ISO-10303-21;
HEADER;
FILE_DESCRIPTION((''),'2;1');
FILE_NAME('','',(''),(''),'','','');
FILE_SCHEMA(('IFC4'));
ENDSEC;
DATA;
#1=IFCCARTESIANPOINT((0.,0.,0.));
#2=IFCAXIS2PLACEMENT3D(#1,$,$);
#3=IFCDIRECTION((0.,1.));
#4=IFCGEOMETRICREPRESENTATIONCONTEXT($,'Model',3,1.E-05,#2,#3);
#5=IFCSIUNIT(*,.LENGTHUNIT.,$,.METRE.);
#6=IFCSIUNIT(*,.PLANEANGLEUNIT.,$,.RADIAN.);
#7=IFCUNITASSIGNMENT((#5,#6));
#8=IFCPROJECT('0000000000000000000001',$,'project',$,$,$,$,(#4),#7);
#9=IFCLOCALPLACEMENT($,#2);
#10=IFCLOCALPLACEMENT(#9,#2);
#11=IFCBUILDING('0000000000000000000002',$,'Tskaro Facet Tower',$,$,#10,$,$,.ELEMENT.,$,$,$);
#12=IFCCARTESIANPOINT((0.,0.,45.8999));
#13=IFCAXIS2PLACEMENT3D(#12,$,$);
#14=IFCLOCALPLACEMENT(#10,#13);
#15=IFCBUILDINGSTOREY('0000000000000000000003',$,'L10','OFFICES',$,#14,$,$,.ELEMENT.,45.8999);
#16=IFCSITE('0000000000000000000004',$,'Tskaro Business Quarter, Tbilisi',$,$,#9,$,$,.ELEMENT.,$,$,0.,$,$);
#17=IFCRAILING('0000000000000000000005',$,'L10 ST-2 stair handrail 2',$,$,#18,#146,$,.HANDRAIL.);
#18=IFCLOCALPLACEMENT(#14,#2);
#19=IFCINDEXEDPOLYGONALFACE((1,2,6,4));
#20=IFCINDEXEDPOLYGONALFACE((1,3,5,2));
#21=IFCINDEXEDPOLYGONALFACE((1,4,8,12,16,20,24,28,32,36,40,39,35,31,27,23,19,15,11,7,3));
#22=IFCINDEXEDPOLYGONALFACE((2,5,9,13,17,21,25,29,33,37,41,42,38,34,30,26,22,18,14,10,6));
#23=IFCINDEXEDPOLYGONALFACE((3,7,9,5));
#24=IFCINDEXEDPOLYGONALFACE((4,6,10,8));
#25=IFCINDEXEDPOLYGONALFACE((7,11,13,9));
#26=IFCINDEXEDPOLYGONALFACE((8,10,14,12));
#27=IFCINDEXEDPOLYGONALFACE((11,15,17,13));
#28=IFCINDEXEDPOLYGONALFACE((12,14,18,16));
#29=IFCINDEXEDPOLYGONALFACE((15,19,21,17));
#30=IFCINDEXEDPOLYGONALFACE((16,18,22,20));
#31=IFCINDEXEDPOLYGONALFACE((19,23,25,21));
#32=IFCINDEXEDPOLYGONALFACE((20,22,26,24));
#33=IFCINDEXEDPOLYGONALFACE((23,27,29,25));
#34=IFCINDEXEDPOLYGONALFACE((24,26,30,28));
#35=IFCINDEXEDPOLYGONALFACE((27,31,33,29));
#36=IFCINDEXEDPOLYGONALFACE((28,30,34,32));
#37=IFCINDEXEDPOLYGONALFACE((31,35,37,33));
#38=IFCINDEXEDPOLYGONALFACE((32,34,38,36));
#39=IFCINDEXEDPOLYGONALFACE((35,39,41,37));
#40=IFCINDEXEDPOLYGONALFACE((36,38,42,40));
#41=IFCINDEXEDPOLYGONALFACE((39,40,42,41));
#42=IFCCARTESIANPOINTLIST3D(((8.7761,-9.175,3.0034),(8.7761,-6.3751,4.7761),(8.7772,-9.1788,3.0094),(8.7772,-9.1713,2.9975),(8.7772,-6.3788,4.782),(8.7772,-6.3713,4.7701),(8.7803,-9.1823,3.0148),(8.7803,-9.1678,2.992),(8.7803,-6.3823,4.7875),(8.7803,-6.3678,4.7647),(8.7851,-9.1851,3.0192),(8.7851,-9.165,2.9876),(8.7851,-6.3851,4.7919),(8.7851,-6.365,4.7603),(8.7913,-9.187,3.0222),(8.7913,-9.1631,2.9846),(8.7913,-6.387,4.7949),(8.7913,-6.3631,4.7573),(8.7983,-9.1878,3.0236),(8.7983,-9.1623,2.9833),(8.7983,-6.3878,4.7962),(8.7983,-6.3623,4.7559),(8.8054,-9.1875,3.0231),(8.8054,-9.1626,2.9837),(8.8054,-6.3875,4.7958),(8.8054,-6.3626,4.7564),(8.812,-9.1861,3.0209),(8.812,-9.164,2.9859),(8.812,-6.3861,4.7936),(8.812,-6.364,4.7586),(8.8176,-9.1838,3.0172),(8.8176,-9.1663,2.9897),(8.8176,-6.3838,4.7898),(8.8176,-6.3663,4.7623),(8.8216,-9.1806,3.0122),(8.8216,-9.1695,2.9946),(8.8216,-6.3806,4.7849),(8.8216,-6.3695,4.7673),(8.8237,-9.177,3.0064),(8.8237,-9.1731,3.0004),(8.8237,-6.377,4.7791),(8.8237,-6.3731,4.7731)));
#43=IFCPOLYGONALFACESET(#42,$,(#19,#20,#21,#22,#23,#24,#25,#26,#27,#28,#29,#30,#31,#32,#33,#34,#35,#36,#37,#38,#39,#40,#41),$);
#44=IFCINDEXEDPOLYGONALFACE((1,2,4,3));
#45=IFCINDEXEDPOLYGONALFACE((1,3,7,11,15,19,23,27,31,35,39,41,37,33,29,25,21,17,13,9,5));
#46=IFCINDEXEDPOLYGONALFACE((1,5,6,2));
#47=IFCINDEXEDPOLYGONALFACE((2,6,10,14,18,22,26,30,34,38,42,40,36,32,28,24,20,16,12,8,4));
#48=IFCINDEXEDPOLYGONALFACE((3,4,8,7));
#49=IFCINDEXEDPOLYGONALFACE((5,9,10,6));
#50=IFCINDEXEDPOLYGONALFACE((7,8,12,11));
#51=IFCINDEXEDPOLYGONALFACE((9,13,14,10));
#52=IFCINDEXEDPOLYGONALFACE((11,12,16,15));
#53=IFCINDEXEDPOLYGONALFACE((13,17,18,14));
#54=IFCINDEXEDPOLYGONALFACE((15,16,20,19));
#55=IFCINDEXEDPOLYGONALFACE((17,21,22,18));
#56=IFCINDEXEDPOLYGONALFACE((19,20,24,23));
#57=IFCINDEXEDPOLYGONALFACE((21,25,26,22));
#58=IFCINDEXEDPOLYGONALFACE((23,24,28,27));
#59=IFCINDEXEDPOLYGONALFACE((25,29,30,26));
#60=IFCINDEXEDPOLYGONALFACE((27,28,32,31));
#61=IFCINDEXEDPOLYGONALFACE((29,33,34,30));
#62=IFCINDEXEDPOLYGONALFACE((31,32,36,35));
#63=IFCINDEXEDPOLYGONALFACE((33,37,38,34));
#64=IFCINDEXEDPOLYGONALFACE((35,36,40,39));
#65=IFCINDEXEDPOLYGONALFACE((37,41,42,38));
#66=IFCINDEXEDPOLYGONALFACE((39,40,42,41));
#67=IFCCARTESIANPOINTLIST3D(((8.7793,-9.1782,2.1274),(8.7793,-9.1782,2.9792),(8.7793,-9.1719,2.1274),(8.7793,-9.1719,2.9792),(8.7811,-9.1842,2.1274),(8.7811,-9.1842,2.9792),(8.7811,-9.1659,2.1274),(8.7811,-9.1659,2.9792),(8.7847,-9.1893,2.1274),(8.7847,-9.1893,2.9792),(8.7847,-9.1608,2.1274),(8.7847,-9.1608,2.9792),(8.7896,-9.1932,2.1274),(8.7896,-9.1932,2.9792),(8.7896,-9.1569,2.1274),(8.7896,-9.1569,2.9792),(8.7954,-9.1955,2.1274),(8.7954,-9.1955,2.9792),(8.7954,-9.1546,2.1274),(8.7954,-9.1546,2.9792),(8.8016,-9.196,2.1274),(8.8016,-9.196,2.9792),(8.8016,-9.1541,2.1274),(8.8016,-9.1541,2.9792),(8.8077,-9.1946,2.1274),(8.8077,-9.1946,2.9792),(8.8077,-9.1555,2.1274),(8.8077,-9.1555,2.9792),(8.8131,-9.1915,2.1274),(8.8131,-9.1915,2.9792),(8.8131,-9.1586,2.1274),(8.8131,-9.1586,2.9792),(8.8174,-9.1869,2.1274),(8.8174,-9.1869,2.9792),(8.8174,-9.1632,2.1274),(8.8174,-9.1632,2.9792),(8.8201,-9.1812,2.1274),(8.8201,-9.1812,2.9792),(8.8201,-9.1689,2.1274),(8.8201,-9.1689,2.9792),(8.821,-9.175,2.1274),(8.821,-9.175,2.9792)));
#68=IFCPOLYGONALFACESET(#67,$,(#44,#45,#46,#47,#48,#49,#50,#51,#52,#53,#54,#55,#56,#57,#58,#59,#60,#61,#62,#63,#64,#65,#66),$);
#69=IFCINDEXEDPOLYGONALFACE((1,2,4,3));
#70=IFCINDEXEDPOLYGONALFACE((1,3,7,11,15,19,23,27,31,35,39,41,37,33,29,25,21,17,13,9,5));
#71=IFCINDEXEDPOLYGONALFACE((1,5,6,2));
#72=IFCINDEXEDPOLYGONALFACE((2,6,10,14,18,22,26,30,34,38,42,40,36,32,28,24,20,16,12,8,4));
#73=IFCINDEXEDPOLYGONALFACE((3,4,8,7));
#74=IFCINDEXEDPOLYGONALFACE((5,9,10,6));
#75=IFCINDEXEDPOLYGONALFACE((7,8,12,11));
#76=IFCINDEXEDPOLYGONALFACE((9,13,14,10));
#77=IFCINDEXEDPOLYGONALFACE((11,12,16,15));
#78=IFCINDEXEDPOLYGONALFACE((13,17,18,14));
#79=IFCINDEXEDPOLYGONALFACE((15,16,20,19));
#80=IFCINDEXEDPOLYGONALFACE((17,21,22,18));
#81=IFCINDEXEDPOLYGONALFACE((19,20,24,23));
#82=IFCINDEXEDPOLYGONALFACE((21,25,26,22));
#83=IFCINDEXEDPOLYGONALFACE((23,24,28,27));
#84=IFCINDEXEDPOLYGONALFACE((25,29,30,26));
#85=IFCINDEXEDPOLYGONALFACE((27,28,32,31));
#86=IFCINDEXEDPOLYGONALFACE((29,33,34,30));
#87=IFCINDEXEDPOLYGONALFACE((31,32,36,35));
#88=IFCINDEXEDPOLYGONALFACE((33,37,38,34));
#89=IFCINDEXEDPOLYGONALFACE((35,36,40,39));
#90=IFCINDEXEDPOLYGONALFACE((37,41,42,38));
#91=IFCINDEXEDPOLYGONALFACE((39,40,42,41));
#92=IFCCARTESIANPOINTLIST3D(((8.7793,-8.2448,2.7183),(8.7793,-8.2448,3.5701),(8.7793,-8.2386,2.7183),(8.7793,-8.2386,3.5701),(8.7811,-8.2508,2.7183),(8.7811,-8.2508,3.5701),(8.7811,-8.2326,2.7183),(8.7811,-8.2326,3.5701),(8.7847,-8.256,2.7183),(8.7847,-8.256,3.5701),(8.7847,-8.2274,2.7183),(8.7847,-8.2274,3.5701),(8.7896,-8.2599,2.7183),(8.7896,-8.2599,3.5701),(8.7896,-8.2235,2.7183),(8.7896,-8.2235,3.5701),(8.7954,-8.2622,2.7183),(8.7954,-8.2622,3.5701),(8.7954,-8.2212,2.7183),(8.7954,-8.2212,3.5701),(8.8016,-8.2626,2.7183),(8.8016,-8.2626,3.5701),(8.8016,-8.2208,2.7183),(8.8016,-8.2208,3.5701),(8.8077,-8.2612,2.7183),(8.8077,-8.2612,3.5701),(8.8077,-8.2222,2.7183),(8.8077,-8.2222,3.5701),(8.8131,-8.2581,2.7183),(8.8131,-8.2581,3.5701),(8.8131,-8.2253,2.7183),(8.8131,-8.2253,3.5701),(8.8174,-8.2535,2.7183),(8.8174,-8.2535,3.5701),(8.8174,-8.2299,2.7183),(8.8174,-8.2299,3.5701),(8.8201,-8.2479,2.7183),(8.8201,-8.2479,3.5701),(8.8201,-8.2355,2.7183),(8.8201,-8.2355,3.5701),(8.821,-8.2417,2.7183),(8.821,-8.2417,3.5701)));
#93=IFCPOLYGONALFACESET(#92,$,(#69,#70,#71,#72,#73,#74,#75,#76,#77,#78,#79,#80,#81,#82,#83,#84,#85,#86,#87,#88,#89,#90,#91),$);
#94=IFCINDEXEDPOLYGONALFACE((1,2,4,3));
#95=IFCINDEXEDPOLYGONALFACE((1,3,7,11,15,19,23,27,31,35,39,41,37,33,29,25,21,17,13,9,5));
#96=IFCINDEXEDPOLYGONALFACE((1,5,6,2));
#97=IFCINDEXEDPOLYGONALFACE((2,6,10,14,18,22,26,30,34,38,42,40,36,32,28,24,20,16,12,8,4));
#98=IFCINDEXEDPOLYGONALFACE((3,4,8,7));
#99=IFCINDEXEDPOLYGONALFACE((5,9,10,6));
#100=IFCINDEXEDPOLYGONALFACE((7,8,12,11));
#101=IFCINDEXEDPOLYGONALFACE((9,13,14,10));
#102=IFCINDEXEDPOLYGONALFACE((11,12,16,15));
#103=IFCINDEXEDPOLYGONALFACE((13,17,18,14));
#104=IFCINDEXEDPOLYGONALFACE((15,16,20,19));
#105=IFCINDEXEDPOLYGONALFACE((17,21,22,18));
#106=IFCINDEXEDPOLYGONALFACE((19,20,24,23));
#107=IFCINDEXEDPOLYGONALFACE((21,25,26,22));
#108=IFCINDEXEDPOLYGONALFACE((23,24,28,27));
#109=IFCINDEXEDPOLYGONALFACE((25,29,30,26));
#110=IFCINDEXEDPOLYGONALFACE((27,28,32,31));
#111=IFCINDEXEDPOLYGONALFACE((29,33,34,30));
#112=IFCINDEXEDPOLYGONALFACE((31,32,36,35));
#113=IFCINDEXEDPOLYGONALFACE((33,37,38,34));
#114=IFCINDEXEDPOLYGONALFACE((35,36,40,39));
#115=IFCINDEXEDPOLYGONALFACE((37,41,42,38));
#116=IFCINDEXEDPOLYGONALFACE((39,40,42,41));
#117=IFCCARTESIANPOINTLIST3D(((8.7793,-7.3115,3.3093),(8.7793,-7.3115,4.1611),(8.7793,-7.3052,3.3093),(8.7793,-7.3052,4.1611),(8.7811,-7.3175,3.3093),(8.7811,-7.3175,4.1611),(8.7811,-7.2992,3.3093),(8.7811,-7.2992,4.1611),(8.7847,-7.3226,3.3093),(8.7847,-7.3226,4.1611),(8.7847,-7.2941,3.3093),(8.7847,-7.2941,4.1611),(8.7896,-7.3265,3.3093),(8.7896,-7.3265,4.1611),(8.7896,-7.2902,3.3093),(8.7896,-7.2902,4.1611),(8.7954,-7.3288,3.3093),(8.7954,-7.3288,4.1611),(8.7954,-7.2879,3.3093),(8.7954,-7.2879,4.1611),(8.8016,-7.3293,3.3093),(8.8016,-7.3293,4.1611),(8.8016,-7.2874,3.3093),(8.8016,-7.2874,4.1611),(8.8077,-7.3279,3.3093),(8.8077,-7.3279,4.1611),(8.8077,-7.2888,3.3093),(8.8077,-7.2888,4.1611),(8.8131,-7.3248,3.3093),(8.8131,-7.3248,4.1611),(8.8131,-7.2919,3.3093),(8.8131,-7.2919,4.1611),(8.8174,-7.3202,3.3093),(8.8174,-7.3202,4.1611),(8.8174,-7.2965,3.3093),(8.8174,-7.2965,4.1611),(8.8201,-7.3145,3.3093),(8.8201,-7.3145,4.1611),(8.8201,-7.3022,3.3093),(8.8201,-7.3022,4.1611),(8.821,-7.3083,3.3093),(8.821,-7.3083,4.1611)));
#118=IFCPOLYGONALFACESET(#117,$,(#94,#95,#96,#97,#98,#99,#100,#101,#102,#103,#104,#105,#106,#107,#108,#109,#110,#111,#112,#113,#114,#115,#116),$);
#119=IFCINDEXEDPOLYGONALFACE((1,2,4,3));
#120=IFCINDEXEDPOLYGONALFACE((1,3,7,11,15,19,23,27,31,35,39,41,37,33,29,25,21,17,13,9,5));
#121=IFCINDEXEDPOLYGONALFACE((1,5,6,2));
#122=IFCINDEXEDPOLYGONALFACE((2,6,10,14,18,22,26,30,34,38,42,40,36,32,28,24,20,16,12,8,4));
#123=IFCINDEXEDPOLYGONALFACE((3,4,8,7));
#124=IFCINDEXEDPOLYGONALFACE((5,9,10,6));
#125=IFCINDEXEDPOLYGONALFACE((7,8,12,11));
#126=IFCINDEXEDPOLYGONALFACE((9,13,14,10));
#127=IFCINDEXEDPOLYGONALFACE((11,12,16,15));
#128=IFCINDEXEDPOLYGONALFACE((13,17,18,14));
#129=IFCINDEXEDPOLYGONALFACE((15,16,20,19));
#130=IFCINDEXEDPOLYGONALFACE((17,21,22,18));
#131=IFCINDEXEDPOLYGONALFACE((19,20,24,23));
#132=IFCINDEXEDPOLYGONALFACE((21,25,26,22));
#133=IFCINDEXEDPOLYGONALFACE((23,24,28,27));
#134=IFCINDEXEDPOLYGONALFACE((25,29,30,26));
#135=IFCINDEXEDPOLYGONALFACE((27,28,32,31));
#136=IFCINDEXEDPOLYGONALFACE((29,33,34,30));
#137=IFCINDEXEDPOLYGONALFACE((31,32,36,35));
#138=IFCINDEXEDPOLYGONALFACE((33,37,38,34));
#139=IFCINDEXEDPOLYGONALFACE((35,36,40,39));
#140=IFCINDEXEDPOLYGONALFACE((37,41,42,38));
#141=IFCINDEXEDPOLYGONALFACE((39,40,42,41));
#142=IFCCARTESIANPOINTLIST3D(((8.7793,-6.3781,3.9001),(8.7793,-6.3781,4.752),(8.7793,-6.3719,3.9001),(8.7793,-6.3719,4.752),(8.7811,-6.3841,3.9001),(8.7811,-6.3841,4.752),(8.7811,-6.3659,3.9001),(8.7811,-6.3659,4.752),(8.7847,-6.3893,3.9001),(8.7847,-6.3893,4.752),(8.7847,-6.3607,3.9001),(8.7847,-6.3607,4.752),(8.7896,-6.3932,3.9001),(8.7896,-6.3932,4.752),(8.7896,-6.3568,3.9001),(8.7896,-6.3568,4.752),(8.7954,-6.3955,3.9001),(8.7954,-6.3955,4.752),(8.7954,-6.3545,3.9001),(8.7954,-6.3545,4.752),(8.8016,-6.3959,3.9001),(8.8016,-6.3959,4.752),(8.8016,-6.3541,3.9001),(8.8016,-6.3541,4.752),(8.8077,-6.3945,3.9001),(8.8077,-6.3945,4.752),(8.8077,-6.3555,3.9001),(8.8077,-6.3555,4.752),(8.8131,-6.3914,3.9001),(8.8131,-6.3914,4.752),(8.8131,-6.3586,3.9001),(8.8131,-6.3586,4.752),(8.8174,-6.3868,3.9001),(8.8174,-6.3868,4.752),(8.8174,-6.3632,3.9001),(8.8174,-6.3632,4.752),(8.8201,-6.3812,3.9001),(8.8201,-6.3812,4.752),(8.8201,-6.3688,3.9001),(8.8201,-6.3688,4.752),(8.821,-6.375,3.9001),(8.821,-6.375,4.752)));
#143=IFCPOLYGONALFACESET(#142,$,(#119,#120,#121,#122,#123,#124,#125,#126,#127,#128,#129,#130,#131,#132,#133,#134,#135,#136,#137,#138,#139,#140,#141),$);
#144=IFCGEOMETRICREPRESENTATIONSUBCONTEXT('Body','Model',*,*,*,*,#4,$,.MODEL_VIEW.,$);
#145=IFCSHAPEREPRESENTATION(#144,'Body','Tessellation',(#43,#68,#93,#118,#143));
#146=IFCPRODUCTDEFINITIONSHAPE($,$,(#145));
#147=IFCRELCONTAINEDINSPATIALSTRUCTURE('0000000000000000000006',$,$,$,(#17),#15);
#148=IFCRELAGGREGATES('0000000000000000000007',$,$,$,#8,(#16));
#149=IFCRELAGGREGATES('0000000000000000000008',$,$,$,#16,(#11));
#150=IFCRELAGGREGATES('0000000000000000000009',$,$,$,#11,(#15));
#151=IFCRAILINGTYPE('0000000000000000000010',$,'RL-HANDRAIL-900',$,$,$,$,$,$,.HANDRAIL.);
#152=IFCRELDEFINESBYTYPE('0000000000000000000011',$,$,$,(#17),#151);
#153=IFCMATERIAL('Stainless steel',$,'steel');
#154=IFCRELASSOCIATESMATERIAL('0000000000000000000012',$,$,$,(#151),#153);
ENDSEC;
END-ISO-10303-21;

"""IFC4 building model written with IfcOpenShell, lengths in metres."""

from ifc_helpers import new_model, si_unit, direction, frame, origin, origin_2d, place, context, subcontext, project, spatial, circle, extrude, material, type_object, element, save


model = new_model("IFC4")

# Units and contexts
model_context = context("Model", 3, precision=1e-05, world=origin(), true_north=direction((0.0, 1.0)))
body_context = subcontext(model_context, "Body", "Model", "MODEL_VIEW")
ifc_project = project(units=[si_unit("LENGTHUNIT", "METRE"), si_unit("PLANEANGLEUNIT", "RADIAN")], contexts=[model_context])

# Site, building, storey
site_placement = place(None, origin())
site = spatial("IfcSite", under=ifc_project, at=site_placement, Name="Tskaro Business Quarter, Tbilisi", CompositionType="ELEMENT", RefElevation=0.0)
building_placement = place(site_placement, origin())
building = spatial("IfcBuilding", under=site, at=building_placement, Name="Tskaro Facet Tower", CompositionType="ELEMENT")
storey_placement = place(building_placement, frame((0.0, 0.0, 45.8999)))
storey = spatial("IfcBuildingStorey", under=building, at=storey_placement, Name="L10", Description="OFFICES", CompositionType="ELEMENT", Elevation=45.8999)

# Railing
ifc_material_1 = material(Name="Stainless steel", Category="steel")
railing_type_1 = type_object("IfcRailingType", Name="RL-HANDRAIL-900", PredefinedType="HANDRAIL", material=ifc_material_1)
railing_1_placement = place(storey_placement, frame((8.8, -9.175, 2.1274)))
element("IfcRailing", 1, at=railing_1_placement, inside=storey, type_object=railing_type_1, Name="L10 ST-2 stair handrail 2", PredefinedType="HANDRAIL", context=body_context, shape_type="SweptSolid", body=[
    extrude(circle(Radius=0.0239, at=origin_2d()), frame((0.0, 0.0, 0.876), z_axis=(0.0, 0.844909, 0.53491), x_axis=(-1.0, 0.0, 0.0)), (0.0, 0.0, 1.0), 3.314),
    extrude(circle(Radius=0.021, at=origin_2d()), origin(), (0.0, 0.0, 1.0), 0.8518),
    extrude(circle(Radius=0.021, at=origin_2d()), frame((0.0, 0.9333, 0.5908)), (0.0, 0.0, 1.0), 0.8518),
    extrude(circle(Radius=0.021, at=origin_2d()), frame((0.0, 1.8667, 1.1819)), (0.0, 0.0, 1.0), 0.8518),
    extrude(circle(Radius=0.021, at=origin_2d()), frame((0.0, 2.8, 1.7727)), (0.0, 0.0, 1.0), 0.8518),
])

save(model, "model.ifc")
